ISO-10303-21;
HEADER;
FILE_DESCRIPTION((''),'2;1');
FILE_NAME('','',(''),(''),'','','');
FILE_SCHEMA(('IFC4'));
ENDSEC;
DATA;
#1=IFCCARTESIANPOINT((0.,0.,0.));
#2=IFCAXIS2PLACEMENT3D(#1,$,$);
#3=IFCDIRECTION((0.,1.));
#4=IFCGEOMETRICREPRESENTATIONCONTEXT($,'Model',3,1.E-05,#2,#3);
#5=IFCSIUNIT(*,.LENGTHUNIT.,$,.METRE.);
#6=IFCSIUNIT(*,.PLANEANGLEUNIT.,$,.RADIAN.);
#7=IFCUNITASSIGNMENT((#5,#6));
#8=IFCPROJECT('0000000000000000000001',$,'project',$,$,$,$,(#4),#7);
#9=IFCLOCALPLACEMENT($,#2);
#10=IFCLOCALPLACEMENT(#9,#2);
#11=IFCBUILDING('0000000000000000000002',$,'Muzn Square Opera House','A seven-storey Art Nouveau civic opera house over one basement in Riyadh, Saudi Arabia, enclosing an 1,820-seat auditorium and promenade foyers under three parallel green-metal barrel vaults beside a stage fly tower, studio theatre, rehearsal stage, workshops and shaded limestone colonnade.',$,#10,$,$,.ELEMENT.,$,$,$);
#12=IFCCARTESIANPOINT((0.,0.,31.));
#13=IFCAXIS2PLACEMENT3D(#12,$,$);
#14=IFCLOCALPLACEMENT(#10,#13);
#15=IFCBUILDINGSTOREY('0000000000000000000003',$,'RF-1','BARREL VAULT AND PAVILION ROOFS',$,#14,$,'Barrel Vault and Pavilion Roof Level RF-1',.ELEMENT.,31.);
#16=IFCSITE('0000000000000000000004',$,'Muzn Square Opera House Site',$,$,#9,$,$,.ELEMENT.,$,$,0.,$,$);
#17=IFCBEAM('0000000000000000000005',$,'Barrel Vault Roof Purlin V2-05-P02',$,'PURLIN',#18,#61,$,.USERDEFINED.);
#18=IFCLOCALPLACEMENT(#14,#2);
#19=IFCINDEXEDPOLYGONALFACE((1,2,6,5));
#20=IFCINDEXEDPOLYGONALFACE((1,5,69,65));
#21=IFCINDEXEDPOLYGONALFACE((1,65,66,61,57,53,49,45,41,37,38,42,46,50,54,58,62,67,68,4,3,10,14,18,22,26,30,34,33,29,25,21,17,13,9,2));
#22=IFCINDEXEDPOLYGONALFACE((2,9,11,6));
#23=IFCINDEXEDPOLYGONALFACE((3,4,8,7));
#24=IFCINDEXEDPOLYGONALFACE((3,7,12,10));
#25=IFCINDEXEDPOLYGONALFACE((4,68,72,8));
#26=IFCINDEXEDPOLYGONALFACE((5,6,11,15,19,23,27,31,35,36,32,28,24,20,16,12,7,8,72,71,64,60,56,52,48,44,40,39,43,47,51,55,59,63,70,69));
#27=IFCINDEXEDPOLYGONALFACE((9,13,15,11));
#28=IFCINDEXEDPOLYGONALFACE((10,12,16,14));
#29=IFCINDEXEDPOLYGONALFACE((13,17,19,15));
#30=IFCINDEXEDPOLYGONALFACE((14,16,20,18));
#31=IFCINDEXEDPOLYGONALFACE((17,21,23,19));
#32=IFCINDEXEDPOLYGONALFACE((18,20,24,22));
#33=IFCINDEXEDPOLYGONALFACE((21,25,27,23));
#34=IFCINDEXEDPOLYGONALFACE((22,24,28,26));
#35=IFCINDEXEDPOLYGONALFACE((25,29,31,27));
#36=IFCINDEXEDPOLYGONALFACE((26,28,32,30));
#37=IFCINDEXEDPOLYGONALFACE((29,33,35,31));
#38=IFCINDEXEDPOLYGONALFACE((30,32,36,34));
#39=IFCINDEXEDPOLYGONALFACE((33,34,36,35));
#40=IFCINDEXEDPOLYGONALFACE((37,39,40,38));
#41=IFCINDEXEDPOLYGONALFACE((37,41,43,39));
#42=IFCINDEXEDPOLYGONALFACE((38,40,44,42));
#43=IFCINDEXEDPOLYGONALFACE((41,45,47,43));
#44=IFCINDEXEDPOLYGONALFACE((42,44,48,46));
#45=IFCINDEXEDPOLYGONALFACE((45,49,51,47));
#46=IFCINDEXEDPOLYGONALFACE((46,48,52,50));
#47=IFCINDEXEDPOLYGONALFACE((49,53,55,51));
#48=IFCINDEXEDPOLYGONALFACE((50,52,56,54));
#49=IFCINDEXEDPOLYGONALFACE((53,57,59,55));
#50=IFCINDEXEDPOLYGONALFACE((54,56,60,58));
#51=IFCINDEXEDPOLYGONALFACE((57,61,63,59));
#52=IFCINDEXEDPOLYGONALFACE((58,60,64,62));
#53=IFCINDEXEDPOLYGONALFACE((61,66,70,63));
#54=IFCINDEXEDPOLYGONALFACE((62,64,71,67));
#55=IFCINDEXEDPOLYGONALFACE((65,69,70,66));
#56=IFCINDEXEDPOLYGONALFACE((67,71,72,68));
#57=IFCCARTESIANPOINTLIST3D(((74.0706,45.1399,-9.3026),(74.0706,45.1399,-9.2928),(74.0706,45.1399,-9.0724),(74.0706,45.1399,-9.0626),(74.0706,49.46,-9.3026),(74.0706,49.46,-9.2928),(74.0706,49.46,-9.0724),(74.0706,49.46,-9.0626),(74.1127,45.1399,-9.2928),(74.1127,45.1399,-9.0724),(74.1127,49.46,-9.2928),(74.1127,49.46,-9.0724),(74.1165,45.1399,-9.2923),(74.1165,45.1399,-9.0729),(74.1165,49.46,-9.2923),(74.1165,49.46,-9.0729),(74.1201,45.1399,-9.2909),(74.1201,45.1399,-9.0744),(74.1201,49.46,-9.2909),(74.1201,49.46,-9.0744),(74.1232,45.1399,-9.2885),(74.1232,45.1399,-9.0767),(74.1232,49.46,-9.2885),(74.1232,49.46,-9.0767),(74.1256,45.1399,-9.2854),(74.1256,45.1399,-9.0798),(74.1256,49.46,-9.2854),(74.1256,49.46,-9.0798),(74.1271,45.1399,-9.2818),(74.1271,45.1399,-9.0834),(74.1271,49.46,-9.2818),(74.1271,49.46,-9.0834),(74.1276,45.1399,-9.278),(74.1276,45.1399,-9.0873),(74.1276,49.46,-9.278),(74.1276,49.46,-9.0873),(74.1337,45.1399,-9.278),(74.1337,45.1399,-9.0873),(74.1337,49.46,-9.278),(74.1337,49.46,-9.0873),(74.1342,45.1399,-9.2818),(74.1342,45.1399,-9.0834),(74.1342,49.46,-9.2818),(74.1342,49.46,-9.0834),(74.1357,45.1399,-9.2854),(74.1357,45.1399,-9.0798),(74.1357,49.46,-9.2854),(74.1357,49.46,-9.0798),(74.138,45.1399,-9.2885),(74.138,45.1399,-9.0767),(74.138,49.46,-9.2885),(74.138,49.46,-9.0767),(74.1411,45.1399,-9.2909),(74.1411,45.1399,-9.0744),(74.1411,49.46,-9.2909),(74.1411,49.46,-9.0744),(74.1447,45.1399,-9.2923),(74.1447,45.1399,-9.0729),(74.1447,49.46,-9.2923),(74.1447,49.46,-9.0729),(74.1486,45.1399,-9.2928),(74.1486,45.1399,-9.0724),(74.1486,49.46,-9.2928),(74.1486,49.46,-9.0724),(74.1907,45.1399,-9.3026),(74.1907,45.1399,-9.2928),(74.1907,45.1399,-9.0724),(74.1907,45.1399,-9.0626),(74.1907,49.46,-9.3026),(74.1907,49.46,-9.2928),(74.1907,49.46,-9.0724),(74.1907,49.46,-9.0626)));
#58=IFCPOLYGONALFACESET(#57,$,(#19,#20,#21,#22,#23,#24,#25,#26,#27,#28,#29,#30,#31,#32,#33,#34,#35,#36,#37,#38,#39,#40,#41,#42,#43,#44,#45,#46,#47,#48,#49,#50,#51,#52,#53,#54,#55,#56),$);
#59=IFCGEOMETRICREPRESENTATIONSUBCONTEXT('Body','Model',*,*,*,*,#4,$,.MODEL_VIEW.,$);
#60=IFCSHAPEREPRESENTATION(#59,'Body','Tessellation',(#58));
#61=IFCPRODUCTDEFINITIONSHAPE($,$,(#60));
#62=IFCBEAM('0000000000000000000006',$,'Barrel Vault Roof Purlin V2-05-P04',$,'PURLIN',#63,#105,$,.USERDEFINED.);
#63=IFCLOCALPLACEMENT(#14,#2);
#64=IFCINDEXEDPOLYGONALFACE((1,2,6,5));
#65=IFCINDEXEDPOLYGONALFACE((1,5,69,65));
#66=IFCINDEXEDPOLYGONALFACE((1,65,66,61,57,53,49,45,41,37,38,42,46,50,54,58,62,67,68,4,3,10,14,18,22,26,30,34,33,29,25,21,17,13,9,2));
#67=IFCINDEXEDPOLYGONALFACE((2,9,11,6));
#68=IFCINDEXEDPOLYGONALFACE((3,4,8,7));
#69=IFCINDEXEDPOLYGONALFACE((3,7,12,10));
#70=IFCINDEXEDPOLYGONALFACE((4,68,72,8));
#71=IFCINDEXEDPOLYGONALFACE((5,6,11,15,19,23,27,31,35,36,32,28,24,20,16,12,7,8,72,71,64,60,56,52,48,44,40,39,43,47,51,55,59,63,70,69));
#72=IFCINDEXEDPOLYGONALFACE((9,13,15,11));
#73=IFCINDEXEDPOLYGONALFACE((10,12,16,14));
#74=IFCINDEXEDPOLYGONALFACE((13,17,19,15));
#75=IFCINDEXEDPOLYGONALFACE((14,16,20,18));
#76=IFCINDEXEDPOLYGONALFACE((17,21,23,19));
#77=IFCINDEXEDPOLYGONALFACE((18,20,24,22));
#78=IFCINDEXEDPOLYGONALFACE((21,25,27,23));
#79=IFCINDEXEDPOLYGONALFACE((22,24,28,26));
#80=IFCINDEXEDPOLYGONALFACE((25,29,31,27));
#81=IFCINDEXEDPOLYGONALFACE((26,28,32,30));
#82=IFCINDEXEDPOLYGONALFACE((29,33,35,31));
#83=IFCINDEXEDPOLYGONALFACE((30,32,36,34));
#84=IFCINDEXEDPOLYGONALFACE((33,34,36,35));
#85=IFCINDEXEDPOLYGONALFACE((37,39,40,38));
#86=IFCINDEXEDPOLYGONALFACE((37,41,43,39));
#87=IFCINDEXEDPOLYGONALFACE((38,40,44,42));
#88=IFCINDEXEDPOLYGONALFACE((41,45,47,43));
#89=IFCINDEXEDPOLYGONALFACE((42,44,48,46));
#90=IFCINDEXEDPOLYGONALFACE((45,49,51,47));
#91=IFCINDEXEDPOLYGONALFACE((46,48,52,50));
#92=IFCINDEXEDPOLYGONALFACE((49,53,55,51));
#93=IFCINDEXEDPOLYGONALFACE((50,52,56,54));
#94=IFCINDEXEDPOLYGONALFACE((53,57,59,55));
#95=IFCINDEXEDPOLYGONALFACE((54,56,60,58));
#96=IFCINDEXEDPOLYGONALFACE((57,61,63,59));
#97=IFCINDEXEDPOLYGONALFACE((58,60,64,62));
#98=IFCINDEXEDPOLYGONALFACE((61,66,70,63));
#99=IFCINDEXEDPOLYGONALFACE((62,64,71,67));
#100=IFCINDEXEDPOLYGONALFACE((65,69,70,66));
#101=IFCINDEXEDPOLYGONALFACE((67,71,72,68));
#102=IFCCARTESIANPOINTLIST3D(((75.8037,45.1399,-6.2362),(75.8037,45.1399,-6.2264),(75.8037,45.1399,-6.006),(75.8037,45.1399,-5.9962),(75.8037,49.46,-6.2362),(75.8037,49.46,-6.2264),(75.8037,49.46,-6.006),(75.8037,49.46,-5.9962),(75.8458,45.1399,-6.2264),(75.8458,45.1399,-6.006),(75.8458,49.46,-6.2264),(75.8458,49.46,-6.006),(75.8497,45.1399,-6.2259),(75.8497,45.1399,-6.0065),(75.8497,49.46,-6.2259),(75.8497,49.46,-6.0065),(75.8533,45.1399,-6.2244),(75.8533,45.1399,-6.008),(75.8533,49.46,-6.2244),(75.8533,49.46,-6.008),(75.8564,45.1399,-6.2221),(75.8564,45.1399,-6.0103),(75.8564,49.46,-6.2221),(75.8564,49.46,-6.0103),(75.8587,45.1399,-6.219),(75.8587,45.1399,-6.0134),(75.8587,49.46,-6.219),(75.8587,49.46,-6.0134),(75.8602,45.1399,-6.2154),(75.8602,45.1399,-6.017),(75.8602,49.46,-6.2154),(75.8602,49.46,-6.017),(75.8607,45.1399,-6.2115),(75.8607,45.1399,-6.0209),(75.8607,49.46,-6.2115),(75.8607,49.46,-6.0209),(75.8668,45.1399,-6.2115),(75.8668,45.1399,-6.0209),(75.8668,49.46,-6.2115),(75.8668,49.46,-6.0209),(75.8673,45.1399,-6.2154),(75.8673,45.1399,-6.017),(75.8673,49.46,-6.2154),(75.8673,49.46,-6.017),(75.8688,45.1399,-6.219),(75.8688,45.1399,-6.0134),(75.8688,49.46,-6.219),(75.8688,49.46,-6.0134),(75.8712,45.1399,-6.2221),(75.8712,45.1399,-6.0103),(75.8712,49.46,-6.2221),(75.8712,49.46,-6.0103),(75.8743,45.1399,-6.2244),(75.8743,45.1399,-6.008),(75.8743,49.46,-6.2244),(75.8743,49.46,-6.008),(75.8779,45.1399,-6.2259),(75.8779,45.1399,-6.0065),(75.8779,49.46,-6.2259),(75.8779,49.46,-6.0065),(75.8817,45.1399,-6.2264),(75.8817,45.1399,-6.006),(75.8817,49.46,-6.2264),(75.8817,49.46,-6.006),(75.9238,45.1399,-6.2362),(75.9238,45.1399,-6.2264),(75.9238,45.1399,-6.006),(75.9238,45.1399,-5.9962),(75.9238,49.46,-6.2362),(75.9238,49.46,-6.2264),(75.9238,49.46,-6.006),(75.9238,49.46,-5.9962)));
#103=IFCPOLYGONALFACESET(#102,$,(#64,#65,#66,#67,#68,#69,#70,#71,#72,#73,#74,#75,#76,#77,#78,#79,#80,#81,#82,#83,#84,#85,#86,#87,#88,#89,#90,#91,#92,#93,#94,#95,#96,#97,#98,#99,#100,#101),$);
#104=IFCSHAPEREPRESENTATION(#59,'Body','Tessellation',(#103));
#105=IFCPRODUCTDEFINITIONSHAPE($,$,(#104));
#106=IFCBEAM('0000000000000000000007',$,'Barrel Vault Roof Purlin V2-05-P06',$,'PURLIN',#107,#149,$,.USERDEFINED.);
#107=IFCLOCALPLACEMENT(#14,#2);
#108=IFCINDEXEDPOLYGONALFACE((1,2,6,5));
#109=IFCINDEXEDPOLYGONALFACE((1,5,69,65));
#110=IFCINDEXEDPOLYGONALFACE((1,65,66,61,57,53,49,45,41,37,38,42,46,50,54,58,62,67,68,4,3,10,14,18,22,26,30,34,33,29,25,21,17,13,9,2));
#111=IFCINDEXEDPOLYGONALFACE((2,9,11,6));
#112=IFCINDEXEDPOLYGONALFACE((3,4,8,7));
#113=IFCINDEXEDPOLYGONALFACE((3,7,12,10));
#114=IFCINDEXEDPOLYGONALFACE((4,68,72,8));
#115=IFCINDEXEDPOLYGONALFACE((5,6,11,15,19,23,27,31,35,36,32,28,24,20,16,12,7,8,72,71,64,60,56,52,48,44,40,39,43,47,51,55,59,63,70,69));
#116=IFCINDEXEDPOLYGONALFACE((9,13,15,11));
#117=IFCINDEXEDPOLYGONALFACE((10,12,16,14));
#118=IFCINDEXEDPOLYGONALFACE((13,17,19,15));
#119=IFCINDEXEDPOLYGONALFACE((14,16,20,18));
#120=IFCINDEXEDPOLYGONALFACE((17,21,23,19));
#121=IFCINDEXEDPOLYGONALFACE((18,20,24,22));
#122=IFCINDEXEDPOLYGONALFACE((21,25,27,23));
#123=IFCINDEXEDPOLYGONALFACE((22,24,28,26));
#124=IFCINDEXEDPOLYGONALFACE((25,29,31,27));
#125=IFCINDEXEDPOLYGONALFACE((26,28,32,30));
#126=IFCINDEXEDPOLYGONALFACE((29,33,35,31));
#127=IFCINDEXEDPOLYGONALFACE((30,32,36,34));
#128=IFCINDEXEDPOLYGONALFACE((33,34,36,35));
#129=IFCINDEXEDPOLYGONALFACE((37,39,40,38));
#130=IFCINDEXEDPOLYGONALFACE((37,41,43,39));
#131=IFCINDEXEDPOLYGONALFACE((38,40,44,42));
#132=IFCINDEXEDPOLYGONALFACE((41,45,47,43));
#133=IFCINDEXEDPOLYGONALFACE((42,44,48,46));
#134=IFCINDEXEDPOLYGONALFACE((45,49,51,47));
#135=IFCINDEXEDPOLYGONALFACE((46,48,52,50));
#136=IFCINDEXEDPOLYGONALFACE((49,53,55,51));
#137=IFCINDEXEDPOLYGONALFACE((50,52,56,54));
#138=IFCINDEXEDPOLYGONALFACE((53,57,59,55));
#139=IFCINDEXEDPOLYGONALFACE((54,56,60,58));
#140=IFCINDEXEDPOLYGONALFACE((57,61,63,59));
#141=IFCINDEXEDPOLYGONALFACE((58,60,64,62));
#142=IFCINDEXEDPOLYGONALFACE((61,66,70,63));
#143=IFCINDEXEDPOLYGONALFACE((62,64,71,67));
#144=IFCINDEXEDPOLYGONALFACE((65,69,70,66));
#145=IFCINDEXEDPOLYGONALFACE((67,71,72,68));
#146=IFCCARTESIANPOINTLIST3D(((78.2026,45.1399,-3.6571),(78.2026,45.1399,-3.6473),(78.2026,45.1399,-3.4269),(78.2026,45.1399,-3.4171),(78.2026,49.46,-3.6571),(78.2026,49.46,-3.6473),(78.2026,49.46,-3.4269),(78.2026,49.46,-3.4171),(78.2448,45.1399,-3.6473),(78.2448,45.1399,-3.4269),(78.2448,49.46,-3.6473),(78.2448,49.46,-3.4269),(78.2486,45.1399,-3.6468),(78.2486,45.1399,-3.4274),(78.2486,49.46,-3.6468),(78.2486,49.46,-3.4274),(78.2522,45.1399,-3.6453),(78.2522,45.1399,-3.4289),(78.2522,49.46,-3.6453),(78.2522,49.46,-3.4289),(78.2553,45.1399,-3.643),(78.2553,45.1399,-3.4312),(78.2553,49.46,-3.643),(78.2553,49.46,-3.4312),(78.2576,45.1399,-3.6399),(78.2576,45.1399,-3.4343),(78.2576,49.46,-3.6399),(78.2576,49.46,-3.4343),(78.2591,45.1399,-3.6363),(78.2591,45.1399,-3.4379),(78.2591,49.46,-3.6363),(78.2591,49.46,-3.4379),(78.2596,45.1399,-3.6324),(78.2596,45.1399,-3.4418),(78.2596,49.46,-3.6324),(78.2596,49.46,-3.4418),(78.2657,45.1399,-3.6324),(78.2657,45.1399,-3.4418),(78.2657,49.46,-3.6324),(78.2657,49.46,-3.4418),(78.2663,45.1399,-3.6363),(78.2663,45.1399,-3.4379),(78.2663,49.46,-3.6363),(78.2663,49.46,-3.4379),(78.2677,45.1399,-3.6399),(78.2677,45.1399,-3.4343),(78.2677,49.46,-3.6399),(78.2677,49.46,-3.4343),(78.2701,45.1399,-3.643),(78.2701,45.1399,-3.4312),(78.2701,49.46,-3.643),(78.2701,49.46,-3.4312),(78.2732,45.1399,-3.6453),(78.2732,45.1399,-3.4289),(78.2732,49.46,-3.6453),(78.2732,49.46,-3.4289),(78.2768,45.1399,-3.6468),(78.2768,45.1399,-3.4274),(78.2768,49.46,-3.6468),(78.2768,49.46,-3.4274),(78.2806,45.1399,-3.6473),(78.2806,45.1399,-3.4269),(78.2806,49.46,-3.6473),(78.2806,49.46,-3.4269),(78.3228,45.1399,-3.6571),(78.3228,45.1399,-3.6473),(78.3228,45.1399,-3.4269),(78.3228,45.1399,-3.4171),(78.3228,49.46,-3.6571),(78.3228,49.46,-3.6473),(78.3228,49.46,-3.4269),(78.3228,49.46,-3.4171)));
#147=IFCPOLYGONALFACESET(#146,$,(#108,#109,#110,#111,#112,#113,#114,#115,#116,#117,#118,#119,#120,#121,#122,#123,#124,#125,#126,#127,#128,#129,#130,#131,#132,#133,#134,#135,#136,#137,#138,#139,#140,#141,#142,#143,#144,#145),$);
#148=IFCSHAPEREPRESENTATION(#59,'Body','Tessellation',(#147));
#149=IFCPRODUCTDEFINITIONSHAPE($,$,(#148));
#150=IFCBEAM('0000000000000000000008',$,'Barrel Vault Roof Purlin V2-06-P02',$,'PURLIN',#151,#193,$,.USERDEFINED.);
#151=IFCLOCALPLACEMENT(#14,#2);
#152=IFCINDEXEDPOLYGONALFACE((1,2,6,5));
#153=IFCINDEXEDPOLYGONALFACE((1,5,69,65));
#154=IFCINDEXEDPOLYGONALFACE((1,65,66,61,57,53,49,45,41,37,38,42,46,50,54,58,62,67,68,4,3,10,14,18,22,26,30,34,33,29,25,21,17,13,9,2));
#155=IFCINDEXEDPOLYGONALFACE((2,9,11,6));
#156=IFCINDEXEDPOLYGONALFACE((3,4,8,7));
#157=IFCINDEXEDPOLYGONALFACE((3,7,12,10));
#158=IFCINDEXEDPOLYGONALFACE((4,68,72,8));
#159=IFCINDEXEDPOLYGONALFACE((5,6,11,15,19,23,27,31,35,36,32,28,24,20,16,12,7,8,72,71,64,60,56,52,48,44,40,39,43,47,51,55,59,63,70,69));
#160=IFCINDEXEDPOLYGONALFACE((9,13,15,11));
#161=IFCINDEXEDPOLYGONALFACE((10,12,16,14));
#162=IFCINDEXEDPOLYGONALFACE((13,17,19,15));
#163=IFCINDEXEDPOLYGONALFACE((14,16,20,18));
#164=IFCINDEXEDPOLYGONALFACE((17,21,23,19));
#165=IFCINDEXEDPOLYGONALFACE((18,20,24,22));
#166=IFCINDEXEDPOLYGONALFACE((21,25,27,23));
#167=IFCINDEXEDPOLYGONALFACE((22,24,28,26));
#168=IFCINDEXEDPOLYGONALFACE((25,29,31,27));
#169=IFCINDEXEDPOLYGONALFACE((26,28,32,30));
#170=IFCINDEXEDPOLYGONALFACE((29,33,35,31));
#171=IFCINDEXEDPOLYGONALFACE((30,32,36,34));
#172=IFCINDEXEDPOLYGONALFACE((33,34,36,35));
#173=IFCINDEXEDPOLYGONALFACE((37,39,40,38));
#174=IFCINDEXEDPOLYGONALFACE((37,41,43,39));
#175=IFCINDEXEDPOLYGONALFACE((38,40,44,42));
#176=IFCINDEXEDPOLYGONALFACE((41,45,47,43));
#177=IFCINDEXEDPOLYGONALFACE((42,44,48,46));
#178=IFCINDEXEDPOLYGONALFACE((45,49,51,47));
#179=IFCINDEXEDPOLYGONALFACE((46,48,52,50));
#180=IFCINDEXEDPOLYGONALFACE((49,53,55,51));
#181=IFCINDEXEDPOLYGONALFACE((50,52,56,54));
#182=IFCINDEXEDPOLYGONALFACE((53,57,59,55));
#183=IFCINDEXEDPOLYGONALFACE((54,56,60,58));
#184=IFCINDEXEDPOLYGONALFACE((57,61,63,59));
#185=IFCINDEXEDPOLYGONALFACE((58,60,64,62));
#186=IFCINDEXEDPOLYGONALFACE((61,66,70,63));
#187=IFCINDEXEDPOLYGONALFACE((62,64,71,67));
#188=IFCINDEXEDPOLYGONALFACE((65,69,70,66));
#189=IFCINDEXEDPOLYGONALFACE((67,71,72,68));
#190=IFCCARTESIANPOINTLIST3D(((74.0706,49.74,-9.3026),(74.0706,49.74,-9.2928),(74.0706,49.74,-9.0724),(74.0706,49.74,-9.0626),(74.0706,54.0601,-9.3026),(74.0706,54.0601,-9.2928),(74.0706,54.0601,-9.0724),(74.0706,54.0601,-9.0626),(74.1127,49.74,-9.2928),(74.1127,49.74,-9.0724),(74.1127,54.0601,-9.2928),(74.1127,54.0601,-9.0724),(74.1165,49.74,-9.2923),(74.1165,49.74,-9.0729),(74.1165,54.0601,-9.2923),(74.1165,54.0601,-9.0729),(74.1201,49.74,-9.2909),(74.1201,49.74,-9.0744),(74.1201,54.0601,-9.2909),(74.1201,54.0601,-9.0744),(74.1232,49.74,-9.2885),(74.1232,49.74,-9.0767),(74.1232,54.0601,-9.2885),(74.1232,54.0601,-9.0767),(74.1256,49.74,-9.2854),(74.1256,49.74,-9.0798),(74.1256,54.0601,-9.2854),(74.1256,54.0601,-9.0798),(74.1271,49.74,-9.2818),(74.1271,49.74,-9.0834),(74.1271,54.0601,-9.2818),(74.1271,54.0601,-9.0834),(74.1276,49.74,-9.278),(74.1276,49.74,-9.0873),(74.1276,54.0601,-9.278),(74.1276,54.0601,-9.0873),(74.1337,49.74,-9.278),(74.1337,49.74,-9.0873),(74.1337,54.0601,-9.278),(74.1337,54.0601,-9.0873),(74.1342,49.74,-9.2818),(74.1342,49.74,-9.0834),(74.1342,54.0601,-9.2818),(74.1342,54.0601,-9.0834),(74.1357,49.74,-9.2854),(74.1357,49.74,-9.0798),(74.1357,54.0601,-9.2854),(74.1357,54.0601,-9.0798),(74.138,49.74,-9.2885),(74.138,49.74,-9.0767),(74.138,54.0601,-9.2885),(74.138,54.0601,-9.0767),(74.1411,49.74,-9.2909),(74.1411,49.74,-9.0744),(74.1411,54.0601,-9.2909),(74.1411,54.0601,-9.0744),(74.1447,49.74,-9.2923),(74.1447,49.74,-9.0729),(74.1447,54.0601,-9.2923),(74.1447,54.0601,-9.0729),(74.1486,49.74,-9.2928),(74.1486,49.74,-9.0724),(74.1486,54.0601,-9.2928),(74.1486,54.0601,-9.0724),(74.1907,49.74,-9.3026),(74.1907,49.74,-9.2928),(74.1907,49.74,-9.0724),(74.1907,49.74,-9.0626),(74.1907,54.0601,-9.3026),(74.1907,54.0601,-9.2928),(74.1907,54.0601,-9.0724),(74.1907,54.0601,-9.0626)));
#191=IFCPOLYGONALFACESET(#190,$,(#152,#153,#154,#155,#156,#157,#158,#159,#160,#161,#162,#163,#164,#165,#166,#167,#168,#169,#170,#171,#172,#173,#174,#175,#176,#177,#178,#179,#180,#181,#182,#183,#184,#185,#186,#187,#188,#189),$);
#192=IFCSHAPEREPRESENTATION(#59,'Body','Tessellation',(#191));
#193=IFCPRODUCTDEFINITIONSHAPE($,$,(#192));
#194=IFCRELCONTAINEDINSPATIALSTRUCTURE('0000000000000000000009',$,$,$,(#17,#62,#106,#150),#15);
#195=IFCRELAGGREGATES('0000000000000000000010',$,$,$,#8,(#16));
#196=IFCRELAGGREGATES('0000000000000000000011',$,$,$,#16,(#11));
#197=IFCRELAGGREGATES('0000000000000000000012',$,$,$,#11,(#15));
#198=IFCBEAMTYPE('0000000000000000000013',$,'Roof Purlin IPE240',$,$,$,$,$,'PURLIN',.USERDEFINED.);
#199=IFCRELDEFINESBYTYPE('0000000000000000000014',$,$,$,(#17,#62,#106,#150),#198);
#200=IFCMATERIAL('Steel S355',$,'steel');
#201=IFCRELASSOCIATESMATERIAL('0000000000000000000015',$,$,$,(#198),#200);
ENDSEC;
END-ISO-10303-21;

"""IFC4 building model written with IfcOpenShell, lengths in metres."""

from ifc_helpers import new_model, si_unit, direction, frame, origin, origin_2d, place, context, subcontext, project, spatial, i_section, extrude, material, material_profile, profile_set, type_object, element, save


model = new_model("IFC4")

# Units and contexts
model_context = context("Model", 3, precision=1e-05, world=origin(), true_north=direction((0.0, 1.0)))
body_context = subcontext(model_context, "Body", "Model", "MODEL_VIEW")
ifc_project = project(units=[si_unit("LENGTHUNIT", "METRE"), si_unit("PLANEANGLEUNIT", "RADIAN")], contexts=[model_context])

# Site, building, storey
site_placement = place(None, origin())
site = spatial("IfcSite", under=ifc_project, at=site_placement, Name="Muzn Square Opera House Site", CompositionType="ELEMENT", RefElevation=0.0)
building_placement = place(site_placement, origin())
building = spatial("IfcBuilding", under=site, at=building_placement, Name="Muzn Square Opera House", Description="A seven-storey Art Nouveau civic opera house over one basement in Riyadh, Saudi Arabia, enclosing an 1,820-seat auditorium and promenade foyers under three parallel green-metal barrel vaults beside a stage fly tower, studio theatre, rehearsal stage, workshops and shaded limestone colonnade.", CompositionType="ELEMENT")
storey_placement = place(building_placement, frame((0.0, 0.0, 31.0)))
storey = spatial("IfcBuildingStorey", under=building, at=storey_placement, Name="RF-1", Description="BARREL VAULT AND PAVILION ROOFS", LongName="Barrel Vault and Pavilion Roof Level RF-1", CompositionType="ELEMENT", Elevation=31.0)

# Beams
ifc_material_1 = material(Name="Steel S355", Category="steel")
ifc_material_profile_1 = material_profile(ifc_material_1, i_section(OverallWidth=0.1201, OverallDepth=0.24, WebThickness=0.0061, FlangeThickness=0.0098, FilletRadius=0.0149, at=origin_2d()), Name="IPE 240", Category="steel")
ifc_profile_set_1 = profile_set([ifc_material_profile_1], Name="Steel S355")
beam_type_1 = type_object("IfcBeamType", Name="Roof Purlin IPE240", ElementType="PURLIN", PredefinedType="USERDEFINED", material=ifc_profile_set_1)
for number, where, z_axis, x_axis, name in (
    (1, (74.1306, 45.1399, -9.1826), (0.0, 1.0, 0.0), (-1.0, 0.0, 0.0), "Barrel Vault Roof Purlin V2-05-P02"),
    (2, (75.8638, 45.1399, -6.1162), (0.0, 1.0, 0.0), (-1.0, 0.0, 0.0), "Barrel Vault Roof Purlin V2-05-P04"),
    (3, (78.2627, 45.1399, -3.5371), (0.0, 1.0, 0.0), (-1.0, 0.0, 0.0), "Barrel Vault Roof Purlin V2-05-P06"),
    (4, (74.1306, 49.74, -9.1826), (0.0, 1.0, 0.0), (-1.0, 0.0, 0.0), "Barrel Vault Roof Purlin V2-06-P02"),
):
    element("IfcBeam", number, at=place(storey_placement, frame(where, z_axis=z_axis, x_axis=x_axis)), inside=storey, type_object=beam_type_1, Name=name, ObjectType="PURLIN", PredefinedType="USERDEFINED", context=body_context, shape_type="SweptSolid", body=[
        extrude(i_section(OverallWidth=0.1201, OverallDepth=0.24, WebThickness=0.0061, FlangeThickness=0.0098, FilletRadius=0.0149, at=origin_2d()), origin(), (0.0, 0.0, 1.0), 4.3201),
    ])

save(model, "model.ifc")
